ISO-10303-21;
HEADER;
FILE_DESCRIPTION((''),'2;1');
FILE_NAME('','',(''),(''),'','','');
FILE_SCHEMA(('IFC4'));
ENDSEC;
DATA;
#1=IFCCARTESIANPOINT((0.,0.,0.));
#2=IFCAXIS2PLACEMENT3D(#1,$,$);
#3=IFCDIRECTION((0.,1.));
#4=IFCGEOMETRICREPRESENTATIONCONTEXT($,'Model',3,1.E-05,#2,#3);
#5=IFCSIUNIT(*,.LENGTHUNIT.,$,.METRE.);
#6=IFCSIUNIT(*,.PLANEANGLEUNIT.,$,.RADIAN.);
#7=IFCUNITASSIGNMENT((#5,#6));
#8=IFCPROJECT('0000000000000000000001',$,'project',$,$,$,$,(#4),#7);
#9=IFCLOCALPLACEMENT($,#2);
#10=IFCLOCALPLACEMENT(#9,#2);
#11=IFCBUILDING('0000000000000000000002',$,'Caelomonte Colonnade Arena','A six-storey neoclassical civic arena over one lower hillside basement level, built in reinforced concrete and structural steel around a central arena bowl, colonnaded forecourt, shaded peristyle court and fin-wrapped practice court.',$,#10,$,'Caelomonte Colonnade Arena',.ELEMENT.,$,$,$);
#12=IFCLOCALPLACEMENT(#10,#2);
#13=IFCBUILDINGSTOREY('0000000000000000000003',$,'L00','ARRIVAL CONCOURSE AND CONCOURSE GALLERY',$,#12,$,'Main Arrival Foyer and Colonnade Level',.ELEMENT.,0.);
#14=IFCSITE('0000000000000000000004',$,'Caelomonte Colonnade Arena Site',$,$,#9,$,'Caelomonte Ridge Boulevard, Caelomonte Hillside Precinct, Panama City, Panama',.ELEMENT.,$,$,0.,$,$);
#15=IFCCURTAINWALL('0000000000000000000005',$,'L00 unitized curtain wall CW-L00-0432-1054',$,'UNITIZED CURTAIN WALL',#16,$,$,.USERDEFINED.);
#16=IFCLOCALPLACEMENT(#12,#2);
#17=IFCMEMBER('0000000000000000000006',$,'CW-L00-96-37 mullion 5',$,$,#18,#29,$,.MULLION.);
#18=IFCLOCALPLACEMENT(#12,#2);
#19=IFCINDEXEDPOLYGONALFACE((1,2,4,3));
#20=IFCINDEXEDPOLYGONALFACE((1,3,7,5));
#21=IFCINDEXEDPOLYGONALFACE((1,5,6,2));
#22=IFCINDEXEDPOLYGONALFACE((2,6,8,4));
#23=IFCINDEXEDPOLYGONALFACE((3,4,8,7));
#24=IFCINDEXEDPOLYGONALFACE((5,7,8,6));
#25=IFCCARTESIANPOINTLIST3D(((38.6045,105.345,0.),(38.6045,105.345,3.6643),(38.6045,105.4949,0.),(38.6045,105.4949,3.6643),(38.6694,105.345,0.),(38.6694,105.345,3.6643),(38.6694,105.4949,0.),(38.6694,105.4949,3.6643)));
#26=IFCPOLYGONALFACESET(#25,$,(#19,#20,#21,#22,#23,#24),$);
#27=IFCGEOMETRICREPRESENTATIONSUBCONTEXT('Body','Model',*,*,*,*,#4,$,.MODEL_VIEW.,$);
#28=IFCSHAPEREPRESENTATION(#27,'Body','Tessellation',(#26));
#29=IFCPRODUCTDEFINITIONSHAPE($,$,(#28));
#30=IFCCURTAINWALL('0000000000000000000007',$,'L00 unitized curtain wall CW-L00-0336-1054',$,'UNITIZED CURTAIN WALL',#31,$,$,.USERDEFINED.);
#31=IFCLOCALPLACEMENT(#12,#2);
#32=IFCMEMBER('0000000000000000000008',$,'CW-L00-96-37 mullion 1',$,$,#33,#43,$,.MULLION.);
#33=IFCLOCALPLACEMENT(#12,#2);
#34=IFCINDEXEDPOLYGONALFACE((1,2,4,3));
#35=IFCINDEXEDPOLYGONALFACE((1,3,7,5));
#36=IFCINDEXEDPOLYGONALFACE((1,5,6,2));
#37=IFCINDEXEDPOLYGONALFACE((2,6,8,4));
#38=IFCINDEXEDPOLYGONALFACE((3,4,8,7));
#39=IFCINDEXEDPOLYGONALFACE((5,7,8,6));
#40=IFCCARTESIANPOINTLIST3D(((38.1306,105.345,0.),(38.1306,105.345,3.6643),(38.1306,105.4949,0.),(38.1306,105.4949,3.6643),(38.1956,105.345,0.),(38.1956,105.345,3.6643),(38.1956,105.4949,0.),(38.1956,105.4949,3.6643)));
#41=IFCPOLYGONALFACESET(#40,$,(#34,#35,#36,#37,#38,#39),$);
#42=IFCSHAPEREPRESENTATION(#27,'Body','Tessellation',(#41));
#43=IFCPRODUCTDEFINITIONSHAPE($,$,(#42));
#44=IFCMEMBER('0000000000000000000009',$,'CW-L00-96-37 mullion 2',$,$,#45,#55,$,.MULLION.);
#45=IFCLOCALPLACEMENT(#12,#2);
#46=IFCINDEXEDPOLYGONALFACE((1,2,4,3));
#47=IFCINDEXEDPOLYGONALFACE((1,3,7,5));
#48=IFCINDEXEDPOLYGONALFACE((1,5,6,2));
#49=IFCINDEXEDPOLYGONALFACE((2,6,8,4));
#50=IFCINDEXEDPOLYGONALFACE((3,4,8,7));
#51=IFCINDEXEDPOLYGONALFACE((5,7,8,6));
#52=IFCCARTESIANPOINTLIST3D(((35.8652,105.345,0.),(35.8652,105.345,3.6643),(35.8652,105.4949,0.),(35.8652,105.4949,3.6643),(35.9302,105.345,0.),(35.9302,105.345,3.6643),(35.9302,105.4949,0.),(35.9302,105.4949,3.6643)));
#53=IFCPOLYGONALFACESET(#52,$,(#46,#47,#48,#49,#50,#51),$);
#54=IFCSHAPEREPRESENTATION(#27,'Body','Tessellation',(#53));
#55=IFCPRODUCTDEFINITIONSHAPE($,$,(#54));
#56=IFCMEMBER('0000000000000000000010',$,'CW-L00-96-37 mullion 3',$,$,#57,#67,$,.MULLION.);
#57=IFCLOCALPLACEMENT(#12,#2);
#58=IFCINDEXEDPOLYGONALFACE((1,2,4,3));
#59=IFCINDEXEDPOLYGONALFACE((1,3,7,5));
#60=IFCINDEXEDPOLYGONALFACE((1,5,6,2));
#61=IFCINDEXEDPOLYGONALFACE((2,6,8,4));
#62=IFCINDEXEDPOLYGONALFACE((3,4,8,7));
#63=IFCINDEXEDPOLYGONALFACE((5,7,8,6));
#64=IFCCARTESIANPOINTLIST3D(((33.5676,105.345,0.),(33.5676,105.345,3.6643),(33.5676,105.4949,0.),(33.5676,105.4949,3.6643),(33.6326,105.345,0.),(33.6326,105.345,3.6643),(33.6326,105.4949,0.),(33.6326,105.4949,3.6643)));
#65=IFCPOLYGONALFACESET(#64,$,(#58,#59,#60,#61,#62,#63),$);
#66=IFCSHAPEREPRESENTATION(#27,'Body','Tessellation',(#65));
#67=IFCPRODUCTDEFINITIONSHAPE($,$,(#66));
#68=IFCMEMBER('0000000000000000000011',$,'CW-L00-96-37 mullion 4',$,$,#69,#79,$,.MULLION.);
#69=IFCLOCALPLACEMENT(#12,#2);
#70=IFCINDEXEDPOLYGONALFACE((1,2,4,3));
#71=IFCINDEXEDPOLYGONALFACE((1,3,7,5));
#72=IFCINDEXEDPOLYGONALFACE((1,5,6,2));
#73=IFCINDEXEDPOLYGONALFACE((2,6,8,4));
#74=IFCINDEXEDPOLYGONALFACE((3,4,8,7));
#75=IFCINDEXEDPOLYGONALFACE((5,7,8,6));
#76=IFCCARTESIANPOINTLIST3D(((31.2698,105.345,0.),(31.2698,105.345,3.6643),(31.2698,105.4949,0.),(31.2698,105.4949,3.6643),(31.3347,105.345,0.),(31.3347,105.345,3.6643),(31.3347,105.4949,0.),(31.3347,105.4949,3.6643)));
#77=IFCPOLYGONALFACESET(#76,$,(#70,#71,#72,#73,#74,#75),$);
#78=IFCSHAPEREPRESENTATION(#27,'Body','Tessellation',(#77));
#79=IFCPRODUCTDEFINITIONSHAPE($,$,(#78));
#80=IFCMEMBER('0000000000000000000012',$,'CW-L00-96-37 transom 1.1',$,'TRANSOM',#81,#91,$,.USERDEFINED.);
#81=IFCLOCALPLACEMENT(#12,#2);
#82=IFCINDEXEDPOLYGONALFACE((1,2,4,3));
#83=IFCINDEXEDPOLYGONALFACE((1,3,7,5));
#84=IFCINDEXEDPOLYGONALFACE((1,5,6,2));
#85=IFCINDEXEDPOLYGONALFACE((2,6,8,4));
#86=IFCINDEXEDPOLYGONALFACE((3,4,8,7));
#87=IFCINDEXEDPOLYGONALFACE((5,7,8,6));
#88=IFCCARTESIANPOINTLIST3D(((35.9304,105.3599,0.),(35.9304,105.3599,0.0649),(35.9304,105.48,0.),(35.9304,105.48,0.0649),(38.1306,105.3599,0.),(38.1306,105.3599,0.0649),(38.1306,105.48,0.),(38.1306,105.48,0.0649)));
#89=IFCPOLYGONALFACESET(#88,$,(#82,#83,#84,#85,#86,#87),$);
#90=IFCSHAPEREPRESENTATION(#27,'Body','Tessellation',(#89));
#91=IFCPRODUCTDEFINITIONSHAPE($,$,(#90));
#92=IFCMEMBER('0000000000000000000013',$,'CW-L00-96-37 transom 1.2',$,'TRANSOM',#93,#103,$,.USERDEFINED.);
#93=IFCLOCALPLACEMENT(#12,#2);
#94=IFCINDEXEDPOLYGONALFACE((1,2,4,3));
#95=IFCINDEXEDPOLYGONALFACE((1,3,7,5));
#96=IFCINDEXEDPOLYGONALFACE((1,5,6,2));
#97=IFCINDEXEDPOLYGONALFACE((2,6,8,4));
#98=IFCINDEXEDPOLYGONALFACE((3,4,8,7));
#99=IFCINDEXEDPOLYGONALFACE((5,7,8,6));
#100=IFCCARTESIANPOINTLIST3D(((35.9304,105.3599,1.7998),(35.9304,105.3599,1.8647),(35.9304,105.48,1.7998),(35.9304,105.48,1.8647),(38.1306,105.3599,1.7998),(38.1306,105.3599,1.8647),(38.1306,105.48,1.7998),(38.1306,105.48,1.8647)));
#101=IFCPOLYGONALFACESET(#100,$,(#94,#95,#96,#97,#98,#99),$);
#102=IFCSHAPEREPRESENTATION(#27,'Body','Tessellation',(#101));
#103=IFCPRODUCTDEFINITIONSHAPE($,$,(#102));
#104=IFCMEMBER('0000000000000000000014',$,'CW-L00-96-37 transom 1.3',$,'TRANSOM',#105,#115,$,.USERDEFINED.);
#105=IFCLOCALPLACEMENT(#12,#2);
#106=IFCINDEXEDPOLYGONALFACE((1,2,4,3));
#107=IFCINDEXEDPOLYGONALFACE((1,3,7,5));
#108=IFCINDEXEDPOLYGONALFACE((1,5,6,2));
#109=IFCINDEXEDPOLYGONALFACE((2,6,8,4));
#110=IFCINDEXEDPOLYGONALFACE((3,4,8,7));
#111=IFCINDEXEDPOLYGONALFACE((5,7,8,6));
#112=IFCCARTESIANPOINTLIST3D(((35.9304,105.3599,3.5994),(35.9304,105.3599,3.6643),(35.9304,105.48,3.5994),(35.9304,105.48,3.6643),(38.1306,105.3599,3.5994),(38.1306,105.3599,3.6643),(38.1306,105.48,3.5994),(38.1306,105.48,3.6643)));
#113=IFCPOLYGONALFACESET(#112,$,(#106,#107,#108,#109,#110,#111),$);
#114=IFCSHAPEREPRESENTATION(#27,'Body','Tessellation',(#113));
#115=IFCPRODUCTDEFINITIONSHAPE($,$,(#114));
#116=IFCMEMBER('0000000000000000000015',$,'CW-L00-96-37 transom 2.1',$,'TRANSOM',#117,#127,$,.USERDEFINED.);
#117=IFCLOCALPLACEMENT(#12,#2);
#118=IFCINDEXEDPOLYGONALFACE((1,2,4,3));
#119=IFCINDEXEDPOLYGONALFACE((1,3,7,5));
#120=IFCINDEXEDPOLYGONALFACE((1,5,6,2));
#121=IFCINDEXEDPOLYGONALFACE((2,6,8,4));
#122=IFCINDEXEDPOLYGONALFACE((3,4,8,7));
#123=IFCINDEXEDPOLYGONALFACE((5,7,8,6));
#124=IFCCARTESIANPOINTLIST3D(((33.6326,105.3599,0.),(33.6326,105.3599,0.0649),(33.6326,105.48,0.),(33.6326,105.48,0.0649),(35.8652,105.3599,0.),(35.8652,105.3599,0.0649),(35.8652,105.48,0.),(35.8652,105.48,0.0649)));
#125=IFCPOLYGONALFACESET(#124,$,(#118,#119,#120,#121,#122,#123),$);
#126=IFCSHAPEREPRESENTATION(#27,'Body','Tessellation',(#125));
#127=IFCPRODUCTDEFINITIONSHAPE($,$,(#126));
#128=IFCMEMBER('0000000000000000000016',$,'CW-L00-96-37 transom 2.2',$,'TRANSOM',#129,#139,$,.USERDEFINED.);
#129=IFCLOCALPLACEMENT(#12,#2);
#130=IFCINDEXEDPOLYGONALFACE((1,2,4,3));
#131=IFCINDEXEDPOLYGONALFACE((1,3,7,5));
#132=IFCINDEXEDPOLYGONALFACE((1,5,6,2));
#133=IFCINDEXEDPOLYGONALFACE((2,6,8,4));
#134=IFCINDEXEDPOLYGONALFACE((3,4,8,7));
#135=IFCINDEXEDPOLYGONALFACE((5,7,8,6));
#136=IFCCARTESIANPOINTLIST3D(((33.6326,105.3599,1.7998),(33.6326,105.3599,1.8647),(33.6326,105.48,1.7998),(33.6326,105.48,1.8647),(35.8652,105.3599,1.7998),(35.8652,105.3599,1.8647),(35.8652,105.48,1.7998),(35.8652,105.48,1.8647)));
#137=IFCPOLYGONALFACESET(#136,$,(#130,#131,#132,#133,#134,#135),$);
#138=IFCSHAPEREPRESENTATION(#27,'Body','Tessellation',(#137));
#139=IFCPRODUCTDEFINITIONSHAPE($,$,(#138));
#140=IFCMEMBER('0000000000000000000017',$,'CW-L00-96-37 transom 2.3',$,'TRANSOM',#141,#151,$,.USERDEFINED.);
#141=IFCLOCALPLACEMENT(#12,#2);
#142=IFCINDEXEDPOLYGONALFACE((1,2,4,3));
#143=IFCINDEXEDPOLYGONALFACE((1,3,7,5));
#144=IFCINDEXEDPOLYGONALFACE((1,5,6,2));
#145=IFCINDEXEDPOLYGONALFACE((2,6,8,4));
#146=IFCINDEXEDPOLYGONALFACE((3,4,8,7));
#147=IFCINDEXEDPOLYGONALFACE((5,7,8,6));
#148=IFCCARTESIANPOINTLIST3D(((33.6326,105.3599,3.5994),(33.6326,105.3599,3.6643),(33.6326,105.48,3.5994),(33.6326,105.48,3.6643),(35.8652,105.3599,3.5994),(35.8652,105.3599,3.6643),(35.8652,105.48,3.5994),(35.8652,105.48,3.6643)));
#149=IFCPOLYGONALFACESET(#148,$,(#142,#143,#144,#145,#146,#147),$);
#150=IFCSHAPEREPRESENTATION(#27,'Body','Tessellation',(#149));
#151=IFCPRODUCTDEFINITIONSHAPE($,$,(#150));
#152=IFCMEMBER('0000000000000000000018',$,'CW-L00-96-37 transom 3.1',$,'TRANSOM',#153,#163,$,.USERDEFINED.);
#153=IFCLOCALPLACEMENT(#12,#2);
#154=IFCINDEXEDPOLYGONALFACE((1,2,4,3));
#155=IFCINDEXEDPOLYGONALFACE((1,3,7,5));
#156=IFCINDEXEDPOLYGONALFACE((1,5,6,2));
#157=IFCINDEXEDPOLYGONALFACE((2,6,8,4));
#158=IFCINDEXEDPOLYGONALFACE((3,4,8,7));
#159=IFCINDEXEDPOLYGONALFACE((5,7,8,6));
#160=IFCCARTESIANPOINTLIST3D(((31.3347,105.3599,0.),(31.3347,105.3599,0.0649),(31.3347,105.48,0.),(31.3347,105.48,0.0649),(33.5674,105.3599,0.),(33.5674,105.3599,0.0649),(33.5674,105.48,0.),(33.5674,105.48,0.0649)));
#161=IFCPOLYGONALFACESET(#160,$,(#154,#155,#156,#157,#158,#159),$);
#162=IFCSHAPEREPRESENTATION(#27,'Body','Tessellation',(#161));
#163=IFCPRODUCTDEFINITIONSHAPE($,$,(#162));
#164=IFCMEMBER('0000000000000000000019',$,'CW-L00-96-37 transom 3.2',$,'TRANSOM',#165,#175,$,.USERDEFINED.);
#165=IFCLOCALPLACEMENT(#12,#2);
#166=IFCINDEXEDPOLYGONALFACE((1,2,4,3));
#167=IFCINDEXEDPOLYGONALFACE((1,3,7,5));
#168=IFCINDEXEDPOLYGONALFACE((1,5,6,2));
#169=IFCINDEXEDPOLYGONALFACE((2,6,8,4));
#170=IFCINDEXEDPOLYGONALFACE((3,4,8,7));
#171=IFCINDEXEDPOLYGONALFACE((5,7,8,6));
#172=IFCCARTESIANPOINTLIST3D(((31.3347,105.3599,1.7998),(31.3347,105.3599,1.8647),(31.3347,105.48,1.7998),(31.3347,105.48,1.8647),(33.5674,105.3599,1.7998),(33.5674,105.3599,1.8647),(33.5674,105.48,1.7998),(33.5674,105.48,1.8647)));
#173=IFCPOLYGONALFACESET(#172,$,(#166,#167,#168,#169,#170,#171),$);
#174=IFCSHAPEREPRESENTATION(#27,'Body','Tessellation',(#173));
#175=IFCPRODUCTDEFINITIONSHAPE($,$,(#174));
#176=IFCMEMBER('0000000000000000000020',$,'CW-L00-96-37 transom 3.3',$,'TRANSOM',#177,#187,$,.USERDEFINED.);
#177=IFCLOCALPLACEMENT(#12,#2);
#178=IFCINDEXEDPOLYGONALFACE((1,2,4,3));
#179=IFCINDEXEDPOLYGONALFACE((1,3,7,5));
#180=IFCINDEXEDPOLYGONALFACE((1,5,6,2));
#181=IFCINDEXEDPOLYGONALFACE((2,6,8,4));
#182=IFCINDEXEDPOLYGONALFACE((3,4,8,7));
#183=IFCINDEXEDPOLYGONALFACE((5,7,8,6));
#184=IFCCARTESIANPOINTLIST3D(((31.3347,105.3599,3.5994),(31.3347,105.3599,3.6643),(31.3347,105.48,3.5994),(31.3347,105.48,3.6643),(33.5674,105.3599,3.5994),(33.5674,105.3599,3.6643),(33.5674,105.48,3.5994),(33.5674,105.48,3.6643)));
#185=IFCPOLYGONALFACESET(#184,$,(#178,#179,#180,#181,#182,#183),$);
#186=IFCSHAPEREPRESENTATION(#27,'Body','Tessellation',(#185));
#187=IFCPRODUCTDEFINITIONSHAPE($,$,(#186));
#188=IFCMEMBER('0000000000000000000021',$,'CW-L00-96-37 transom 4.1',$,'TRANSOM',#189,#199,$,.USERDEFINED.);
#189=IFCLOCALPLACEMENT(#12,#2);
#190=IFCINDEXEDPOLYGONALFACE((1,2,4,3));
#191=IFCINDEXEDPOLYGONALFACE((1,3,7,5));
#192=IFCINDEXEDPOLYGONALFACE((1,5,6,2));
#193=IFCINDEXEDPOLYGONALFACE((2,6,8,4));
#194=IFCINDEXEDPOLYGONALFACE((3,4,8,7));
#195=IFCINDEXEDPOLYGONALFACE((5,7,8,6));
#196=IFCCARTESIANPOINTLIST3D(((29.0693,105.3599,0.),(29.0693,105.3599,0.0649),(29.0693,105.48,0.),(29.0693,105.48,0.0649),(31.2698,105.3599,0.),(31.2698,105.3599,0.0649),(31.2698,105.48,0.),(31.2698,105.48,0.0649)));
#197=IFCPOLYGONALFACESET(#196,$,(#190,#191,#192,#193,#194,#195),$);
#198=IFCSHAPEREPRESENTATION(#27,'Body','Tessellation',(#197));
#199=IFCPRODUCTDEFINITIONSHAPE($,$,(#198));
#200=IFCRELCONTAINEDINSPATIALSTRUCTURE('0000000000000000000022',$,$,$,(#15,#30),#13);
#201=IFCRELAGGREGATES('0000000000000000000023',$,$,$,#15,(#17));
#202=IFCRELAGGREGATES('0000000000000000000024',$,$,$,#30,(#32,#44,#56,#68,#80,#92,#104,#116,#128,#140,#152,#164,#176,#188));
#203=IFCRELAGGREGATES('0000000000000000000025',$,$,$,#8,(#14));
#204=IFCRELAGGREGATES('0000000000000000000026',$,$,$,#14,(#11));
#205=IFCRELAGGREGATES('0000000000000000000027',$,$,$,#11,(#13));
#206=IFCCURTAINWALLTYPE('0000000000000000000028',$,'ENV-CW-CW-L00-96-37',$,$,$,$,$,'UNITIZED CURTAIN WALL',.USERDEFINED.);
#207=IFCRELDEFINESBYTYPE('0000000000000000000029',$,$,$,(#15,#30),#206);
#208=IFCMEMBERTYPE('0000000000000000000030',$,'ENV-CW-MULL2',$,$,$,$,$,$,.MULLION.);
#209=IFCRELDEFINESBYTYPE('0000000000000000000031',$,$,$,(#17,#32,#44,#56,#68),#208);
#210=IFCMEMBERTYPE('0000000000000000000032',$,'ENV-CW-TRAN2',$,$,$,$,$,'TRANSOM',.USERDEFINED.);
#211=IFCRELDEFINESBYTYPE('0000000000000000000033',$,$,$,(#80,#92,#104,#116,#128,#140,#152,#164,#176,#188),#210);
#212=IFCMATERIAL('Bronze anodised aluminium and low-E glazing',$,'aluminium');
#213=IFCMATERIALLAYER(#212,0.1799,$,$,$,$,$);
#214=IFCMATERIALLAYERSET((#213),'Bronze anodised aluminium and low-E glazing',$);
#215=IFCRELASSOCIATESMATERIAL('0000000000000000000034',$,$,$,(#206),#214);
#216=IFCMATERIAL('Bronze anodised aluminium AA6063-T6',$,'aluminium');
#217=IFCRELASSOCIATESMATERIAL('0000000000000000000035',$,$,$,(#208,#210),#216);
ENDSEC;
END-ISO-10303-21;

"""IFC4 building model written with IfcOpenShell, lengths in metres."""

from ifc_helpers import new_model, si_unit, direction, frame, origin, origin_2d, place, context, subcontext, project, spatial, rectangle, extrude, material, layer, layer_set, material_profile, profile_set, type_object, element, aggregate, save


model = new_model("IFC4")

# Units and contexts
model_context = context("Model", 3, precision=1e-05, world=origin(), true_north=direction((0.0, 1.0)))
body_context = subcontext(model_context, "Body", "Model", "MODEL_VIEW")
ifc_project = project(units=[si_unit("LENGTHUNIT", "METRE"), si_unit("PLANEANGLEUNIT", "RADIAN")], contexts=[model_context])

# Site, building, storey
site_placement = place(None, origin())
site = spatial("IfcSite", under=ifc_project, at=site_placement, Name="Caelomonte Colonnade Arena Site", LongName="Caelomonte Ridge Boulevard, Caelomonte Hillside Precinct, Panama City, Panama", CompositionType="ELEMENT", RefElevation=0.0)
building_placement = place(site_placement, origin())
building = spatial("IfcBuilding", under=site, at=building_placement, Name="Caelomonte Colonnade Arena", Description="A six-storey neoclassical civic arena over one lower hillside basement level, built in reinforced concrete and structural steel around a central arena bowl, colonnaded forecourt, shaded peristyle court and fin-wrapped practice court.", LongName="Caelomonte Colonnade Arena", CompositionType="ELEMENT")
storey_placement = place(building_placement, origin())
storey = spatial("IfcBuildingStorey", under=building, at=storey_placement, Name="L00", Description="ARRIVAL CONCOURSE AND CONCOURSE GALLERY", LongName="Main Arrival Foyer and Colonnade Level", CompositionType="ELEMENT", Elevation=0.0)

# Curtain wall, member
ifc_material_1 = material(Name="Bronze anodised aluminium and low-E glazing", Category="aluminium")
ifc_layer_1 = layer(ifc_material_1, 0.1799)
ifc_layer_set_1 = layer_set([ifc_layer_1], Name="Bronze anodised aluminium and low-E glazing")
curtain_wall_type = type_object("IfcCurtainWallType", Name="ENV-CW-CW-L00-96-37", ElementType="UNITIZED CURTAIN WALL", PredefinedType="USERDEFINED", material=ifc_layer_set_1)
curtain_wall_1_placement = place(storey_placement, origin())
curtain_wall_1 = element("IfcCurtainWall", 1, at=curtain_wall_1_placement, inside=storey, type_object=curtain_wall_type, Name="L00 unitized curtain wall CW-L00-0432-1054", ObjectType="UNITIZED CURTAIN WALL", PredefinedType="USERDEFINED")
ifc_material_2 = material(Name="Bronze anodised aluminium AA6063-T6", Category="aluminium")
ifc_material_profile_1 = material_profile(ifc_material_2, rectangle(XDim=0.0649, YDim=0.1499, at=origin_2d()), Name="CWM-65X150")
ifc_profile_set_1 = profile_set([ifc_material_profile_1], Name="Bronze anodised aluminium AA6063-T6")
member_type_1 = type_object("IfcMemberType", Name="ENV-CW-MULL2", PredefinedType="MULLION", material=ifc_profile_set_1)
member_1_placement = place(storey_placement, frame((38.637, 105.4199, 0.0), z_axis=(0.0, 0.0, 1.0), x_axis=(-1.0, 0.0, 0.0)))
member_1 = element("IfcMember", 2, at=member_1_placement, type_object=member_type_1, Name="CW-L00-96-37 mullion 5", PredefinedType="MULLION", context=body_context, shape_type="SweptSolid", body=[
    extrude(rectangle(XDim=0.0649, YDim=0.1499, at=origin_2d()), origin(), (0.0, 0.0, 1.0), 3.6643),
])

# Curtain wall, members
curtain_wall_2_placement = place(storey_placement, origin())
curtain_wall_2 = element("IfcCurtainWall", 3, at=curtain_wall_2_placement, inside=storey, type_object=curtain_wall_type, Name="L00 unitized curtain wall CW-L00-0336-1054", ObjectType="UNITIZED CURTAIN WALL", PredefinedType="USERDEFINED")
member_2_placement = place(storey_placement, frame((38.1631, 105.4199, 0.0), z_axis=(0.0, 0.0, 1.0), x_axis=(-1.0, 0.0, 0.0)))
member_2 = element("IfcMember", 4, at=member_2_placement, type_object=member_type_1, Name="CW-L00-96-37 mullion 1", PredefinedType="MULLION", context=body_context, shape_type="SweptSolid", body=[
    extrude(rectangle(XDim=0.0649, YDim=0.1499, at=origin_2d()), origin(), (0.0, 0.0, 1.0), 3.6643),
])
member_3_placement = place(storey_placement, frame((35.8977, 105.4199, 0.0), z_axis=(0.0, 0.0, 1.0), x_axis=(-1.0, 0.0, 0.0)))
member_3 = element("IfcMember", 5, at=member_3_placement, type_object=member_type_1, Name="CW-L00-96-37 mullion 2", PredefinedType="MULLION", context=body_context, shape_type="SweptSolid", body=[
    extrude(rectangle(XDim=0.0649, YDim=0.1499, at=origin_2d()), origin(), (0.0, 0.0, 1.0), 3.6643),
])
member_4_placement = place(storey_placement, frame((33.6001, 105.4199, 0.0), z_axis=(0.0, 0.0, 1.0), x_axis=(-1.0, 0.0, 0.0)))
member_4 = element("IfcMember", 6, at=member_4_placement, type_object=member_type_1, Name="CW-L00-96-37 mullion 3", PredefinedType="MULLION", context=body_context, shape_type="SweptSolid", body=[
    extrude(rectangle(XDim=0.0649, YDim=0.1499, at=origin_2d()), origin(), (0.0, 0.0, 1.0), 3.6643),
])
member_5_placement = place(storey_placement, frame((31.3022, 105.4199, 0.0), z_axis=(0.0, 0.0, 1.0), x_axis=(-1.0, 0.0, 0.0)))
member_5 = element("IfcMember", 7, at=member_5_placement, type_object=member_type_1, Name="CW-L00-96-37 mullion 4", PredefinedType="MULLION", context=body_context, shape_type="SweptSolid", body=[
    extrude(rectangle(XDim=0.0649, YDim=0.1499, at=origin_2d()), origin(), (0.0, 0.0, 1.0), 3.6643),
])
ifc_material_profile_2 = material_profile(ifc_material_2, rectangle(XDim=0.0649, YDim=0.1201, at=origin_2d()), Name="CWT-65X120")
ifc_profile_set_2 = profile_set([ifc_material_profile_2], Name="Bronze anodised aluminium AA6063-T6")
member_type_2 = type_object("IfcMemberType", Name="ENV-CW-TRAN2", ElementType="TRANSOM", PredefinedType="USERDEFINED", material=ifc_profile_set_2)
member_6_placement = place(storey_placement, frame((38.1306, 105.4199, 0.0325), z_axis=(-1.0, 0.0, 0.0), x_axis=(0.0, 0.0, 1.0)))
member_6 = element("IfcMember", 8, at=member_6_placement, type_object=member_type_2, Name="CW-L00-96-37 transom 1.1", ObjectType="TRANSOM", PredefinedType="USERDEFINED", context=body_context, shape_type="SweptSolid", body=[
    extrude(rectangle(XDim=0.0649, YDim=0.1201, at=origin_2d()), origin(), (0.0, 0.0, 1.0), 2.2002),
])
member_7_placement = place(storey_placement, frame((38.1306, 105.4199, 1.8323), z_axis=(-1.0, 0.0, 0.0), x_axis=(0.0, 0.0, 1.0)))
member_7 = element("IfcMember", 9, at=member_7_placement, type_object=member_type_2, Name="CW-L00-96-37 transom 1.2", ObjectType="TRANSOM", PredefinedType="USERDEFINED", context=body_context, shape_type="SweptSolid", body=[
    extrude(rectangle(XDim=0.0649, YDim=0.1201, at=origin_2d()), origin(), (0.0, 0.0, 1.0), 2.2002),
])
member_8_placement = place(storey_placement, frame((38.1306, 105.4199, 3.6318), z_axis=(-1.0, 0.0, 0.0), x_axis=(0.0, 0.0, 1.0)))
member_8 = element("IfcMember", 10, at=member_8_placement, type_object=member_type_2, Name="CW-L00-96-37 transom 1.3", ObjectType="TRANSOM", PredefinedType="USERDEFINED", context=body_context, shape_type="SweptSolid", body=[
    extrude(rectangle(XDim=0.0649, YDim=0.1201, at=origin_2d()), origin(), (0.0, 0.0, 1.0), 2.2002),
])
member_9_placement = place(storey_placement, frame((35.8652, 105.4199, 0.0325), z_axis=(-1.0, 0.0, 0.0), x_axis=(0.0, 0.0, 1.0)))
member_9 = element("IfcMember", 11, at=member_9_placement, type_object=member_type_2, Name="CW-L00-96-37 transom 2.1", ObjectType="TRANSOM", PredefinedType="USERDEFINED", context=body_context, shape_type="SweptSolid", body=[
    extrude(rectangle(XDim=0.0649, YDim=0.1201, at=origin_2d()), origin(), (0.0, 0.0, 1.0), 2.2327),
])
member_10_placement = place(storey_placement, frame((35.8652, 105.4199, 1.8323), z_axis=(-1.0, 0.0, 0.0), x_axis=(0.0, 0.0, 1.0)))
member_10 = element("IfcMember", 12, at=member_10_placement, type_object=member_type_2, Name="CW-L00-96-37 transom 2.2", ObjectType="TRANSOM", PredefinedType="USERDEFINED", context=body_context, shape_type="SweptSolid", body=[
    extrude(rectangle(XDim=0.0649, YDim=0.1201, at=origin_2d()), origin(), (0.0, 0.0, 1.0), 2.2327),
])
member_11_placement = place(storey_placement, frame((35.8652, 105.4199, 3.6318), z_axis=(-1.0, 0.0, 0.0), x_axis=(0.0, 0.0, 1.0)))
member_11 = element("IfcMember", 13, at=member_11_placement, type_object=member_type_2, Name="CW-L00-96-37 transom 2.3", ObjectType="TRANSOM", PredefinedType="USERDEFINED", context=body_context, shape_type="SweptSolid", body=[
    extrude(rectangle(XDim=0.0649, YDim=0.1201, at=origin_2d()), origin(), (0.0, 0.0, 1.0), 2.2327),
])
member_12_placement = place(storey_placement, frame((33.5674, 105.4199, 0.0325), z_axis=(-1.0, 0.0, 0.0), x_axis=(0.0, 0.0, 1.0)))
member_12 = element("IfcMember", 14, at=member_12_placement, type_object=member_type_2, Name="CW-L00-96-37 transom 3.1", ObjectType="TRANSOM", PredefinedType="USERDEFINED", context=body_context, shape_type="SweptSolid", body=[
    extrude(rectangle(XDim=0.0649, YDim=0.1201, at=origin_2d()), origin(), (0.0, 0.0, 1.0), 2.2327),
])
member_13_placement = place(storey_placement, frame((33.5674, 105.4199, 1.8323), z_axis=(-1.0, 0.0, 0.0), x_axis=(0.0, 0.0, 1.0)))
member_13 = element("IfcMember", 15, at=member_13_placement, type_object=member_type_2, Name="CW-L00-96-37 transom 3.2", ObjectType="TRANSOM", PredefinedType="USERDEFINED", context=body_context, shape_type="SweptSolid", body=[
    extrude(rectangle(XDim=0.0649, YDim=0.1201, at=origin_2d()), origin(), (0.0, 0.0, 1.0), 2.2327),
])
member_14_placement = place(storey_placement, frame((33.5674, 105.4199, 3.6318), z_axis=(-1.0, 0.0, 0.0), x_axis=(0.0, 0.0, 1.0)))
member_14 = element("IfcMember", 16, at=member_14_placement, type_object=member_type_2, Name="CW-L00-96-37 transom 3.3", ObjectType="TRANSOM", PredefinedType="USERDEFINED", context=body_context, shape_type="SweptSolid", body=[
    extrude(rectangle(XDim=0.0649, YDim=0.1201, at=origin_2d()), origin(), (0.0, 0.0, 1.0), 2.2327),
])
member_15_placement = place(storey_placement, frame((31.2698, 105.4199, 0.0325), z_axis=(-1.0, 0.0, 0.0), x_axis=(0.0, 0.0, 1.0)))
member_15 = element("IfcMember", 17, at=member_15_placement, type_object=member_type_2, Name="CW-L00-96-37 transom 4.1", ObjectType="TRANSOM", PredefinedType="USERDEFINED", context=body_context, shape_type="SweptSolid", body=[
    extrude(rectangle(XDim=0.0649, YDim=0.1201, at=origin_2d()), origin(), (0.0, 0.0, 1.0), 2.2004),
])

aggregate(curtain_wall_1, [member_1])
aggregate(curtain_wall_2, [member_2, member_3, member_4, member_5, member_6, member_7, member_8, member_9, member_10, member_11, member_12, member_13, member_14, member_15])

save(model, "model.ifc")
